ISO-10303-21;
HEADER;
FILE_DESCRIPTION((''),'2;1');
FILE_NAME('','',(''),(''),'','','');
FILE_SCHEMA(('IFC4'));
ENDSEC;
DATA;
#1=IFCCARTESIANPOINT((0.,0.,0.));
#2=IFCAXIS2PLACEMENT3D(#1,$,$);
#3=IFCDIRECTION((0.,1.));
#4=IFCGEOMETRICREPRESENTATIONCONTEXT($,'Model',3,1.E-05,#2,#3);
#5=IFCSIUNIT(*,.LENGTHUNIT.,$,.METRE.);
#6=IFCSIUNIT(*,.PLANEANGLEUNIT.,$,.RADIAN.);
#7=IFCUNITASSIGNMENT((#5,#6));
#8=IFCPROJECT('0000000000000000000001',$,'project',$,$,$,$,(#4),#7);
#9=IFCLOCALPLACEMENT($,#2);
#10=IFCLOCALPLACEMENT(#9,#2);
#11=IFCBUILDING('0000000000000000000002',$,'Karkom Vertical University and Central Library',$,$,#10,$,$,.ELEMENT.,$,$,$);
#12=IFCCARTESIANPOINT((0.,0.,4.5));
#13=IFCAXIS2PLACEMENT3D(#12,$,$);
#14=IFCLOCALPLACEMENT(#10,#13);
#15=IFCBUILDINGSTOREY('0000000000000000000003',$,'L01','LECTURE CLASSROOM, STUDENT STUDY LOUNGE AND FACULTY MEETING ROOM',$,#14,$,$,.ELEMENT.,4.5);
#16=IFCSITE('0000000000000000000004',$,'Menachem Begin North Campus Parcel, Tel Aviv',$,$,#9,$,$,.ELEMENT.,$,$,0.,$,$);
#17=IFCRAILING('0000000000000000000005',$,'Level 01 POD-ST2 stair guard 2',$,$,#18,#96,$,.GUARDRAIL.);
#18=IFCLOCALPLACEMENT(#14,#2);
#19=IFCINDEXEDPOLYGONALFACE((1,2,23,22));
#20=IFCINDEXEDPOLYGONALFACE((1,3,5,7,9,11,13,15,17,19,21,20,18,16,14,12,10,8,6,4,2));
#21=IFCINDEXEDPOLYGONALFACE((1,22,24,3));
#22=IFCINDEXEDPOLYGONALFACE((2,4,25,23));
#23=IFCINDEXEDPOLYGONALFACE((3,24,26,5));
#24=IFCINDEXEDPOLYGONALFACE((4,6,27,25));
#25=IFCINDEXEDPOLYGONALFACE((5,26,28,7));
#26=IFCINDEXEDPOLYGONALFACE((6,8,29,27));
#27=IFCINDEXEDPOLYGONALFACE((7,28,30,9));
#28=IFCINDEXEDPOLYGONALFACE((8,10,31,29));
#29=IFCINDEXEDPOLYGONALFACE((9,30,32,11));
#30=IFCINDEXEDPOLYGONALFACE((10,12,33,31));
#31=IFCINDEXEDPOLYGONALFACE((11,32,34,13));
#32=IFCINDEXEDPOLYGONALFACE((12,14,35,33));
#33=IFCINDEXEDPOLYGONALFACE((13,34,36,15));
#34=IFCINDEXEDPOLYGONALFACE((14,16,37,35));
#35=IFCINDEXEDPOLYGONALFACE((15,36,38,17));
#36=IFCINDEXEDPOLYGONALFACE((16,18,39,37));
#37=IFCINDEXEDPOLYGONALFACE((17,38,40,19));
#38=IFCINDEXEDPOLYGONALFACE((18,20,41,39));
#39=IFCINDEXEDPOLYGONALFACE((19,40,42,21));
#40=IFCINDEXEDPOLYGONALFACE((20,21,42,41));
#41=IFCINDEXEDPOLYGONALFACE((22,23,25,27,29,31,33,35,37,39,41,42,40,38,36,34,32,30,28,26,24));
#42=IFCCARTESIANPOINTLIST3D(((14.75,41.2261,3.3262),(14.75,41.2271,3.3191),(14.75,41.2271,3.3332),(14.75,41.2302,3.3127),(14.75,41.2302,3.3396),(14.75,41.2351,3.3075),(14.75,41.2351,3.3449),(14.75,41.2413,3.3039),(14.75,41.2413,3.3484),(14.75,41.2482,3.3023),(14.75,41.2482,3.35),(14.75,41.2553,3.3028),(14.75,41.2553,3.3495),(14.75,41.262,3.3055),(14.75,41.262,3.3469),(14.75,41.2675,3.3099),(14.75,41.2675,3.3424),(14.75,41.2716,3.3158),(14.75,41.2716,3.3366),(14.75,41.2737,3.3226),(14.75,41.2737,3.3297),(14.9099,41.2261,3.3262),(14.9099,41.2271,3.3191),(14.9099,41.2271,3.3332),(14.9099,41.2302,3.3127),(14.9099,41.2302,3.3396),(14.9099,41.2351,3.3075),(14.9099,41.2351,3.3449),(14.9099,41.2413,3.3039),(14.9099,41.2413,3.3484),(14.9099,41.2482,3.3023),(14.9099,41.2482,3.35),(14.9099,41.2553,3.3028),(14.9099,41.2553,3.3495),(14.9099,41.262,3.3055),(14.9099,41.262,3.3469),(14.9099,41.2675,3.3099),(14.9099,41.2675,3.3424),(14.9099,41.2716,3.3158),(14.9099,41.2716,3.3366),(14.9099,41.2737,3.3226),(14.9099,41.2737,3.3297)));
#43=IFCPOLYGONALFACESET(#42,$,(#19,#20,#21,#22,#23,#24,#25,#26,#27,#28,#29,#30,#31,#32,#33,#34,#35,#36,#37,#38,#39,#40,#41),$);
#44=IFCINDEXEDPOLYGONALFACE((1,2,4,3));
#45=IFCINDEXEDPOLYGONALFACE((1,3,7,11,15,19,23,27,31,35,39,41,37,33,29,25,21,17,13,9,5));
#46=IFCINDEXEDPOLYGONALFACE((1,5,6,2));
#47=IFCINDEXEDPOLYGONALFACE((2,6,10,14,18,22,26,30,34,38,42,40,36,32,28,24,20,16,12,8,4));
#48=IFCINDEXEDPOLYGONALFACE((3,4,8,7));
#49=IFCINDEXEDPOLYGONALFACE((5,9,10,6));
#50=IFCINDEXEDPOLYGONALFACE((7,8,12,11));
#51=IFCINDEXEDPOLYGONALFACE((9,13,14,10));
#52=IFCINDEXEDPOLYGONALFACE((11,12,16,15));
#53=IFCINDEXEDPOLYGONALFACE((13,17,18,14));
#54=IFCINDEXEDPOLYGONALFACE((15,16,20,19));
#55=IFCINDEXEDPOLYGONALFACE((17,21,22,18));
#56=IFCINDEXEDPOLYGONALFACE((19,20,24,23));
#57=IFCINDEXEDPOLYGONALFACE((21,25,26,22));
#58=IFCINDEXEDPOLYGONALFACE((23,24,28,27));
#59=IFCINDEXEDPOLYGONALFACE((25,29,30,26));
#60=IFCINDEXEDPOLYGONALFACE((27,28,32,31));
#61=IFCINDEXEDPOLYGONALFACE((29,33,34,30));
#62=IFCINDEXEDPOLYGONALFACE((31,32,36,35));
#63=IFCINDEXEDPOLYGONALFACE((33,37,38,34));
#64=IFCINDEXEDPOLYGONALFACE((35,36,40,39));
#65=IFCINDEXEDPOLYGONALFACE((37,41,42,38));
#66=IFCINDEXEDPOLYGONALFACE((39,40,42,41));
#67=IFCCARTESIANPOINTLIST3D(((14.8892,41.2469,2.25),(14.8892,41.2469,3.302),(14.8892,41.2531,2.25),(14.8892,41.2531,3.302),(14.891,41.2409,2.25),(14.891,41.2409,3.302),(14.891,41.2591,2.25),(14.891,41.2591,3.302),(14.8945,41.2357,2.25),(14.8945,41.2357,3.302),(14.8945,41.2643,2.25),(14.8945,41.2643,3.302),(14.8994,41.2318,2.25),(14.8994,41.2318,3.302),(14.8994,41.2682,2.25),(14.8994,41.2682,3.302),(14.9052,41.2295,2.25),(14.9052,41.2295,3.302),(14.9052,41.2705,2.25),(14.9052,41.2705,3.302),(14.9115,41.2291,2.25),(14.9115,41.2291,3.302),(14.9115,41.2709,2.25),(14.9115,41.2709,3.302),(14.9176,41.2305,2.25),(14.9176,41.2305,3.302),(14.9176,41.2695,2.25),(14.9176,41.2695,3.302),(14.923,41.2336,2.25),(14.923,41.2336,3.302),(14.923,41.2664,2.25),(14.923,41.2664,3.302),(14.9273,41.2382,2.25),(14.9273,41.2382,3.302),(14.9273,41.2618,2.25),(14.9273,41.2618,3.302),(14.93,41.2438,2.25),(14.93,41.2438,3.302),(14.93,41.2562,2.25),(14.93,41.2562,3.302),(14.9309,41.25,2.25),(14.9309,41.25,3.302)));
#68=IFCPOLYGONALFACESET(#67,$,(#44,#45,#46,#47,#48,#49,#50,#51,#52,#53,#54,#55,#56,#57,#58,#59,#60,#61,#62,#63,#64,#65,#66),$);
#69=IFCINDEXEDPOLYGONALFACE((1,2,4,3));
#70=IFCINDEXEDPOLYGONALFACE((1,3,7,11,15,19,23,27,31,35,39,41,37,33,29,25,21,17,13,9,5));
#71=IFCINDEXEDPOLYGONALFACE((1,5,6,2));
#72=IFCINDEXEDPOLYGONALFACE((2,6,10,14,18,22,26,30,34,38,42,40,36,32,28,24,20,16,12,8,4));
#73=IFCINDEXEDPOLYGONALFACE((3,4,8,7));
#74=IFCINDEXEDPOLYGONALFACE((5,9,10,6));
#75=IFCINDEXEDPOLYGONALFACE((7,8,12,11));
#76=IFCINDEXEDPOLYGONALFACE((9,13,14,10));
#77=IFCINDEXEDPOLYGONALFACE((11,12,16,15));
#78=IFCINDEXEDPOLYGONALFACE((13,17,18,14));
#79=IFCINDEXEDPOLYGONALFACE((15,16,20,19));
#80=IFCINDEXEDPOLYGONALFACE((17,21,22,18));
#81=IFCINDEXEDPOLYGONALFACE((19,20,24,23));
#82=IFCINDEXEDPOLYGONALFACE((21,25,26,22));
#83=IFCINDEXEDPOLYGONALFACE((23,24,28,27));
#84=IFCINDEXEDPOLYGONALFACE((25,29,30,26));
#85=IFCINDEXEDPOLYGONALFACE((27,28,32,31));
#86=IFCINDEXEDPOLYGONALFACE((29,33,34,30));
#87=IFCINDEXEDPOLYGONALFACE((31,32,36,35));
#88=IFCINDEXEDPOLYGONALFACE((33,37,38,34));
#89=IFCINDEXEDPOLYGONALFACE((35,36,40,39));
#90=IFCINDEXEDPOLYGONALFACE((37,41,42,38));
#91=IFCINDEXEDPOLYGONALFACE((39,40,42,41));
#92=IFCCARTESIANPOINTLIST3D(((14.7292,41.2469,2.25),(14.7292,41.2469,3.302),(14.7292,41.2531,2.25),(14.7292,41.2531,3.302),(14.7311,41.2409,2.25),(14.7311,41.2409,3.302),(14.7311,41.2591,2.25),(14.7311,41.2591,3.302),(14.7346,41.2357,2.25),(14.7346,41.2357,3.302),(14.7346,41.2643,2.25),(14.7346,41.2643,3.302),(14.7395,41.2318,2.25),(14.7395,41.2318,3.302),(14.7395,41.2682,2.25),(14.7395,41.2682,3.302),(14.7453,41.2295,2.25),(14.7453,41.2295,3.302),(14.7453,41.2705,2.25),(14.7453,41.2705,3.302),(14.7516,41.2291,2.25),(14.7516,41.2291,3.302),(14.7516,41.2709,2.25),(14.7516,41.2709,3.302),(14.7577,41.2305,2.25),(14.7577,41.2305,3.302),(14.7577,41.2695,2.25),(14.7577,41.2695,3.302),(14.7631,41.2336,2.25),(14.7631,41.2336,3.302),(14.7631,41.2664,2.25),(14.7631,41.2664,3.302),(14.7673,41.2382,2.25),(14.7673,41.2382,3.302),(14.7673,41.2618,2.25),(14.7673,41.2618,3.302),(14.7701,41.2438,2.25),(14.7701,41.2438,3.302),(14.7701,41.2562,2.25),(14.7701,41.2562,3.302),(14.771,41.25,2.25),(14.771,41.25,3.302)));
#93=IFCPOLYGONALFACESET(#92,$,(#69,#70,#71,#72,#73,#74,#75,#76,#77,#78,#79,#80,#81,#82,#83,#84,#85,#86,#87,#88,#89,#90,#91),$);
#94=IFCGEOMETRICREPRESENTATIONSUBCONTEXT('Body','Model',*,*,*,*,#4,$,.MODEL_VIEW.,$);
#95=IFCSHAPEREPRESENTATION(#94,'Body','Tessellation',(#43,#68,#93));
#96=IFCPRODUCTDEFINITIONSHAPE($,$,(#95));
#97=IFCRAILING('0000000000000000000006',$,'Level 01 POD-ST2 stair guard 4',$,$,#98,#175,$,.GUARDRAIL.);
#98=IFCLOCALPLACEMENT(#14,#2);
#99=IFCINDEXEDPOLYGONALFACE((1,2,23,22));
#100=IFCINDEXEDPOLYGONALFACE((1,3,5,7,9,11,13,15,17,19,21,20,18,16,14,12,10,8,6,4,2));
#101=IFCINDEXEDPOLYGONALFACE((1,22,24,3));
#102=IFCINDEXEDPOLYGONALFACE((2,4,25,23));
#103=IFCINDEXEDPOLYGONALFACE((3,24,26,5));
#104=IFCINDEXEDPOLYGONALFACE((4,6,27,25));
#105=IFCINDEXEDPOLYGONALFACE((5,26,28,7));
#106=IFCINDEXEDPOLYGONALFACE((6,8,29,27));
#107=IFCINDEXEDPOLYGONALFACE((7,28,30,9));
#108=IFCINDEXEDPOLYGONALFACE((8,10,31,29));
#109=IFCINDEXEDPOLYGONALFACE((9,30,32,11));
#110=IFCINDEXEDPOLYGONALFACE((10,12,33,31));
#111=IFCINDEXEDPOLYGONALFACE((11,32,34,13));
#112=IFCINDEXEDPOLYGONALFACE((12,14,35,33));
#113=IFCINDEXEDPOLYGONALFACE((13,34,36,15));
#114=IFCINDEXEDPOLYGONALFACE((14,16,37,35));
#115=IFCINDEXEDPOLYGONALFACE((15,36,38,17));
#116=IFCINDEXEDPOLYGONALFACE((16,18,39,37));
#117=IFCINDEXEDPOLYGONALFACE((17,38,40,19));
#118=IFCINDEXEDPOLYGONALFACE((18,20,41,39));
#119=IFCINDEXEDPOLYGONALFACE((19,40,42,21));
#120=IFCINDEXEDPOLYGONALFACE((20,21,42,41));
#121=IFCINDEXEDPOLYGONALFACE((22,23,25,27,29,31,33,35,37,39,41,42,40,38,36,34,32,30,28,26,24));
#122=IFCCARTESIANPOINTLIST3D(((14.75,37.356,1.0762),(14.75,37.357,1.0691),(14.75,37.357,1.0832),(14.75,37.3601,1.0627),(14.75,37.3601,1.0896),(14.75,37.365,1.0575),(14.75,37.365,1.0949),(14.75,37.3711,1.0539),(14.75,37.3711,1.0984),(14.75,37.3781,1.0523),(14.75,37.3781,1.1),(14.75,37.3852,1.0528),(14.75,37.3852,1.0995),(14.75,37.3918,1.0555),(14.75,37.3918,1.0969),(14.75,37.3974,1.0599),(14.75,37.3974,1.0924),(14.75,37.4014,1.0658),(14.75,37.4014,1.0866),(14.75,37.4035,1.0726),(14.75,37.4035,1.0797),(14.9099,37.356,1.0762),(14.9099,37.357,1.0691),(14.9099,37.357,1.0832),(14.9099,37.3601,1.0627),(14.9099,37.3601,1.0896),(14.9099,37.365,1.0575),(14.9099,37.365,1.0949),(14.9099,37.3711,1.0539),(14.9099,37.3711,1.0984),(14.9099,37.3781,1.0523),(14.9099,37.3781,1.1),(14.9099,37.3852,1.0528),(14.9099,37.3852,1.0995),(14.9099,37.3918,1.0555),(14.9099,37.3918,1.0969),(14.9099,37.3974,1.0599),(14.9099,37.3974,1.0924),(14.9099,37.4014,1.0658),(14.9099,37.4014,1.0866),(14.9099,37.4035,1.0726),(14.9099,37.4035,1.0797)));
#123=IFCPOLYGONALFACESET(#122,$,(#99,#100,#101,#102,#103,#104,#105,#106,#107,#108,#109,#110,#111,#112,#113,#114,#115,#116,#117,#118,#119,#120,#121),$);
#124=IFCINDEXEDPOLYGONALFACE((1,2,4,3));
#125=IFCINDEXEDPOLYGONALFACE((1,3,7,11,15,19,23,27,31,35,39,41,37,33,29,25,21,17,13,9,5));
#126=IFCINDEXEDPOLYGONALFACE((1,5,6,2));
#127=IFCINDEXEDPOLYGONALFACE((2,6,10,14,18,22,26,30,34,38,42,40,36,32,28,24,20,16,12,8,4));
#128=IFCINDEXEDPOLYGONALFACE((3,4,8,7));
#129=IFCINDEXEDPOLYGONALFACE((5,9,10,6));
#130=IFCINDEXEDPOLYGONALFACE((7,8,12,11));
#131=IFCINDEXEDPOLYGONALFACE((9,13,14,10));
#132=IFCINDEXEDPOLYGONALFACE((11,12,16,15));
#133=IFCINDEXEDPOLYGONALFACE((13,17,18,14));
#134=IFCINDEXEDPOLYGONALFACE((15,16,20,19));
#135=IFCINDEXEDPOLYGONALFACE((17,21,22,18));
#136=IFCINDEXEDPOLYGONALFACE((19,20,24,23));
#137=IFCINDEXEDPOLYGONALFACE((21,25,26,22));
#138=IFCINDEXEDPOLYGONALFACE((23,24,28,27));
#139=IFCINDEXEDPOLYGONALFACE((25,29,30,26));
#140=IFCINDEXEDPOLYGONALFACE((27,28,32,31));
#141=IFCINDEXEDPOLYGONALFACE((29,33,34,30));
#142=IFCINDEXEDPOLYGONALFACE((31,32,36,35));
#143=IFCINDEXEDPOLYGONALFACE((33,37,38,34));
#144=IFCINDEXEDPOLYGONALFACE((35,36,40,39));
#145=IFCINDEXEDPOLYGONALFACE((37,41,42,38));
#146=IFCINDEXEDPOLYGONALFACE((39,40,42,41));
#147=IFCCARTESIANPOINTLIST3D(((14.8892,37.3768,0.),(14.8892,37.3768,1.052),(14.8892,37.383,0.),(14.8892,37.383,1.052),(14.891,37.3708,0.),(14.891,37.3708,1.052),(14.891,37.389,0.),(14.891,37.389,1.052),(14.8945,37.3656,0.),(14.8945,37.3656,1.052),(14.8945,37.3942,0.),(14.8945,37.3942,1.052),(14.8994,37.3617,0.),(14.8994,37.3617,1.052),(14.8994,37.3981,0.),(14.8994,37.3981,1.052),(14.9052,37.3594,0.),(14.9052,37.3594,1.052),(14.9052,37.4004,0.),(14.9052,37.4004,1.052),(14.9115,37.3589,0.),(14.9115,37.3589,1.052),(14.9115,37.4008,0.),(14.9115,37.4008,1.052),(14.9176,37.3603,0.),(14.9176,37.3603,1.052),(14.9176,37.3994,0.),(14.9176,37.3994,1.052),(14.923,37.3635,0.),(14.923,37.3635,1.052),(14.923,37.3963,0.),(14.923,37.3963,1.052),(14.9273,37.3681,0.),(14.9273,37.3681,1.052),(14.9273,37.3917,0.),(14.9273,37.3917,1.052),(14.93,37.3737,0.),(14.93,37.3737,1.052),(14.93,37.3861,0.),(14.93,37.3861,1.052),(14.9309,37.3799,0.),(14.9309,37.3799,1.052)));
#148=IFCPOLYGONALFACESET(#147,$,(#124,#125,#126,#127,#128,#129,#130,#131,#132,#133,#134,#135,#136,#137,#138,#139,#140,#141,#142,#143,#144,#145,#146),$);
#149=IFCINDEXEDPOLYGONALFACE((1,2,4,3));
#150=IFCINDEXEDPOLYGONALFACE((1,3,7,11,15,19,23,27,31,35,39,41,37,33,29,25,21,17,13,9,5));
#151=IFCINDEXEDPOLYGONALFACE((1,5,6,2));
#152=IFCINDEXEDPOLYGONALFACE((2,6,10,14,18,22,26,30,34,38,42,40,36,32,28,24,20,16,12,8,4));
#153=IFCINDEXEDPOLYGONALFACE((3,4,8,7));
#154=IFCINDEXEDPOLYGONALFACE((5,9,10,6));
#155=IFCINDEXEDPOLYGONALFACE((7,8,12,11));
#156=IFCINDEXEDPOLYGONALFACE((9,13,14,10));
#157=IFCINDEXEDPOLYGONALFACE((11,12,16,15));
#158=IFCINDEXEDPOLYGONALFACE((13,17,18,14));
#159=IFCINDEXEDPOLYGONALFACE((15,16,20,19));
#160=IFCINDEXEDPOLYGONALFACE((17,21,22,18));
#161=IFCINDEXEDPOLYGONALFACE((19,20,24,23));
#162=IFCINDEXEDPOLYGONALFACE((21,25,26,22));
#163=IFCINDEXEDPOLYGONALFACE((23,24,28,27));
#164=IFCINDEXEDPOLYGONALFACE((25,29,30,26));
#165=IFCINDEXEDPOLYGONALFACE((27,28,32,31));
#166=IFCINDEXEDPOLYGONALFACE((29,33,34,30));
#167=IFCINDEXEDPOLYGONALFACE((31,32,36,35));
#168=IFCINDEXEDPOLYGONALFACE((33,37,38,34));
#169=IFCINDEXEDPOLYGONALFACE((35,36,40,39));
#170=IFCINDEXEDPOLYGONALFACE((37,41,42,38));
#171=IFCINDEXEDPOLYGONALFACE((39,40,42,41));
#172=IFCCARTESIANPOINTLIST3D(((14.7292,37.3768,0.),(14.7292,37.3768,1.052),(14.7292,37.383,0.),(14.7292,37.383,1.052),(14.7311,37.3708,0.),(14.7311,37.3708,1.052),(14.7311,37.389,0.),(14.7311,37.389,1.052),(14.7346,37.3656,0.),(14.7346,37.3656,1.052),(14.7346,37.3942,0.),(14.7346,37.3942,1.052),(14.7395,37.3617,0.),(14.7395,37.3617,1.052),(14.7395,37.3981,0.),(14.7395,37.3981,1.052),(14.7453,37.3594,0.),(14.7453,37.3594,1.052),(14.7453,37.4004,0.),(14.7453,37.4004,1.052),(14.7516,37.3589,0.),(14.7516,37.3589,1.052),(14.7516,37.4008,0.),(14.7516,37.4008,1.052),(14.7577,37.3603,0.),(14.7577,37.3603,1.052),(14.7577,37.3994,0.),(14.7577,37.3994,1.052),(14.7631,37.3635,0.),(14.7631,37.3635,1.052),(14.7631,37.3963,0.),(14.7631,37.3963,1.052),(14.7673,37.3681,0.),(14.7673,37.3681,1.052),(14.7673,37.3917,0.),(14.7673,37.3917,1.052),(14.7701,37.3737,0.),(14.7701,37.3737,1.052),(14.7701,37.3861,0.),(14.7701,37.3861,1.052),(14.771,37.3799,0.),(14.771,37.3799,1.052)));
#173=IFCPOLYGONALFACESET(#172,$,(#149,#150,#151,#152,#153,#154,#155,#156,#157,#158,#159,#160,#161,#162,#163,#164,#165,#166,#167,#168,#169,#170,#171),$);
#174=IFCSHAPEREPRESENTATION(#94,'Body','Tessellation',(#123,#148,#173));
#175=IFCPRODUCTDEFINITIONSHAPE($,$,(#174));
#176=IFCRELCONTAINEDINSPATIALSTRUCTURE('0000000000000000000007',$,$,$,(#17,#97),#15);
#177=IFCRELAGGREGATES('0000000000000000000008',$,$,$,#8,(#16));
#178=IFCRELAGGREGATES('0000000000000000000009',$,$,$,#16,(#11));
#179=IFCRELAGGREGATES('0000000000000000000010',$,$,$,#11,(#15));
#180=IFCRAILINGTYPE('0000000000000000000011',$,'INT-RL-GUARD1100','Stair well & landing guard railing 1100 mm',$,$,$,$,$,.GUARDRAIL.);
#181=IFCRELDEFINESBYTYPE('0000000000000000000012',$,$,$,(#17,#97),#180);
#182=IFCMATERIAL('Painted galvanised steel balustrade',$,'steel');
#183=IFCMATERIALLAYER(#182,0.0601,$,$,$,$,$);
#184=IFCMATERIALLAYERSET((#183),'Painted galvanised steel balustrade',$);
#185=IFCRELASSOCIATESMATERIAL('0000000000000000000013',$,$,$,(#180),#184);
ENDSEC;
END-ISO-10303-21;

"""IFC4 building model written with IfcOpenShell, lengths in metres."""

from ifc_helpers import new_model, si_unit, direction, frame, origin, origin_2d, place, context, subcontext, project, spatial, circle, extrude, material, layer, layer_set, type_object, element, save


model = new_model("IFC4")

# Units and contexts
model_context = context("Model", 3, precision=1e-05, world=origin(), true_north=direction((0.0, 1.0)))
body_context = subcontext(model_context, "Body", "Model", "MODEL_VIEW")
ifc_project = project(units=[si_unit("LENGTHUNIT", "METRE"), si_unit("PLANEANGLEUNIT", "RADIAN")], contexts=[model_context])

# Site, building, storey
site_placement = place(None, origin())
site = spatial("IfcSite", under=ifc_project, at=site_placement, Name="Menachem Begin North Campus Parcel, Tel Aviv", CompositionType="ELEMENT", RefElevation=0.0)
building_placement = place(site_placement, origin())
building = spatial("IfcBuilding", under=site, at=building_placement, Name="Karkom Vertical University and Central Library", CompositionType="ELEMENT")
storey_placement = place(building_placement, frame((0.0, 0.0, 4.5)))
storey = spatial("IfcBuildingStorey", under=building, at=storey_placement, Name="L01", Description="LECTURE CLASSROOM, STUDENT STUDY LOUNGE AND FACULTY MEETING ROOM", CompositionType="ELEMENT", Elevation=4.5)

# Railings
ifc_material_1 = material(Name="Painted galvanised steel balustrade", Category="steel")
ifc_layer_1 = layer(ifc_material_1, 0.0601)
ifc_layer_set_1 = layer_set([ifc_layer_1], Name="Painted galvanised steel balustrade")
railing_type_1 = type_object("IfcRailingType", Name="INT-RL-GUARD1100", Description="Stair well & landing guard railing 1100 mm", PredefinedType="GUARDRAIL", material=ifc_layer_set_1)
for number, where, name in (
    (1, (14.9099, 41.25, 2.25), "Level 01 POD-ST2 stair guard 2"),
    (2, (14.9099, 37.3799, 0.0), "Level 01 POD-ST2 stair guard 4"),
):
    element("IfcRailing", number, at=place(storey_placement, frame(where)), inside=storey, type_object=railing_type_1, Name=name, PredefinedType="GUARDRAIL", context=body_context, shape_type="SweptSolid", body=[
        extrude(circle(Radius=0.0239, at=origin_2d()), frame((0.0, 0.0, 1.0762), z_axis=(-1.0, 0.0, 0.0), x_axis=(0.0, -1.0, 0.0)), (0.0, 0.0, 1.0), 0.1599),
        extrude(circle(Radius=0.021, at=origin_2d()), origin(), (0.0, 0.0, 1.0), 1.052),
        extrude(circle(Radius=0.021, at=origin_2d()), frame((-0.1599, 0.0, 0.0)), (0.0, 0.0, 1.0), 1.052),
    ])

save(model, "model.ifc")
